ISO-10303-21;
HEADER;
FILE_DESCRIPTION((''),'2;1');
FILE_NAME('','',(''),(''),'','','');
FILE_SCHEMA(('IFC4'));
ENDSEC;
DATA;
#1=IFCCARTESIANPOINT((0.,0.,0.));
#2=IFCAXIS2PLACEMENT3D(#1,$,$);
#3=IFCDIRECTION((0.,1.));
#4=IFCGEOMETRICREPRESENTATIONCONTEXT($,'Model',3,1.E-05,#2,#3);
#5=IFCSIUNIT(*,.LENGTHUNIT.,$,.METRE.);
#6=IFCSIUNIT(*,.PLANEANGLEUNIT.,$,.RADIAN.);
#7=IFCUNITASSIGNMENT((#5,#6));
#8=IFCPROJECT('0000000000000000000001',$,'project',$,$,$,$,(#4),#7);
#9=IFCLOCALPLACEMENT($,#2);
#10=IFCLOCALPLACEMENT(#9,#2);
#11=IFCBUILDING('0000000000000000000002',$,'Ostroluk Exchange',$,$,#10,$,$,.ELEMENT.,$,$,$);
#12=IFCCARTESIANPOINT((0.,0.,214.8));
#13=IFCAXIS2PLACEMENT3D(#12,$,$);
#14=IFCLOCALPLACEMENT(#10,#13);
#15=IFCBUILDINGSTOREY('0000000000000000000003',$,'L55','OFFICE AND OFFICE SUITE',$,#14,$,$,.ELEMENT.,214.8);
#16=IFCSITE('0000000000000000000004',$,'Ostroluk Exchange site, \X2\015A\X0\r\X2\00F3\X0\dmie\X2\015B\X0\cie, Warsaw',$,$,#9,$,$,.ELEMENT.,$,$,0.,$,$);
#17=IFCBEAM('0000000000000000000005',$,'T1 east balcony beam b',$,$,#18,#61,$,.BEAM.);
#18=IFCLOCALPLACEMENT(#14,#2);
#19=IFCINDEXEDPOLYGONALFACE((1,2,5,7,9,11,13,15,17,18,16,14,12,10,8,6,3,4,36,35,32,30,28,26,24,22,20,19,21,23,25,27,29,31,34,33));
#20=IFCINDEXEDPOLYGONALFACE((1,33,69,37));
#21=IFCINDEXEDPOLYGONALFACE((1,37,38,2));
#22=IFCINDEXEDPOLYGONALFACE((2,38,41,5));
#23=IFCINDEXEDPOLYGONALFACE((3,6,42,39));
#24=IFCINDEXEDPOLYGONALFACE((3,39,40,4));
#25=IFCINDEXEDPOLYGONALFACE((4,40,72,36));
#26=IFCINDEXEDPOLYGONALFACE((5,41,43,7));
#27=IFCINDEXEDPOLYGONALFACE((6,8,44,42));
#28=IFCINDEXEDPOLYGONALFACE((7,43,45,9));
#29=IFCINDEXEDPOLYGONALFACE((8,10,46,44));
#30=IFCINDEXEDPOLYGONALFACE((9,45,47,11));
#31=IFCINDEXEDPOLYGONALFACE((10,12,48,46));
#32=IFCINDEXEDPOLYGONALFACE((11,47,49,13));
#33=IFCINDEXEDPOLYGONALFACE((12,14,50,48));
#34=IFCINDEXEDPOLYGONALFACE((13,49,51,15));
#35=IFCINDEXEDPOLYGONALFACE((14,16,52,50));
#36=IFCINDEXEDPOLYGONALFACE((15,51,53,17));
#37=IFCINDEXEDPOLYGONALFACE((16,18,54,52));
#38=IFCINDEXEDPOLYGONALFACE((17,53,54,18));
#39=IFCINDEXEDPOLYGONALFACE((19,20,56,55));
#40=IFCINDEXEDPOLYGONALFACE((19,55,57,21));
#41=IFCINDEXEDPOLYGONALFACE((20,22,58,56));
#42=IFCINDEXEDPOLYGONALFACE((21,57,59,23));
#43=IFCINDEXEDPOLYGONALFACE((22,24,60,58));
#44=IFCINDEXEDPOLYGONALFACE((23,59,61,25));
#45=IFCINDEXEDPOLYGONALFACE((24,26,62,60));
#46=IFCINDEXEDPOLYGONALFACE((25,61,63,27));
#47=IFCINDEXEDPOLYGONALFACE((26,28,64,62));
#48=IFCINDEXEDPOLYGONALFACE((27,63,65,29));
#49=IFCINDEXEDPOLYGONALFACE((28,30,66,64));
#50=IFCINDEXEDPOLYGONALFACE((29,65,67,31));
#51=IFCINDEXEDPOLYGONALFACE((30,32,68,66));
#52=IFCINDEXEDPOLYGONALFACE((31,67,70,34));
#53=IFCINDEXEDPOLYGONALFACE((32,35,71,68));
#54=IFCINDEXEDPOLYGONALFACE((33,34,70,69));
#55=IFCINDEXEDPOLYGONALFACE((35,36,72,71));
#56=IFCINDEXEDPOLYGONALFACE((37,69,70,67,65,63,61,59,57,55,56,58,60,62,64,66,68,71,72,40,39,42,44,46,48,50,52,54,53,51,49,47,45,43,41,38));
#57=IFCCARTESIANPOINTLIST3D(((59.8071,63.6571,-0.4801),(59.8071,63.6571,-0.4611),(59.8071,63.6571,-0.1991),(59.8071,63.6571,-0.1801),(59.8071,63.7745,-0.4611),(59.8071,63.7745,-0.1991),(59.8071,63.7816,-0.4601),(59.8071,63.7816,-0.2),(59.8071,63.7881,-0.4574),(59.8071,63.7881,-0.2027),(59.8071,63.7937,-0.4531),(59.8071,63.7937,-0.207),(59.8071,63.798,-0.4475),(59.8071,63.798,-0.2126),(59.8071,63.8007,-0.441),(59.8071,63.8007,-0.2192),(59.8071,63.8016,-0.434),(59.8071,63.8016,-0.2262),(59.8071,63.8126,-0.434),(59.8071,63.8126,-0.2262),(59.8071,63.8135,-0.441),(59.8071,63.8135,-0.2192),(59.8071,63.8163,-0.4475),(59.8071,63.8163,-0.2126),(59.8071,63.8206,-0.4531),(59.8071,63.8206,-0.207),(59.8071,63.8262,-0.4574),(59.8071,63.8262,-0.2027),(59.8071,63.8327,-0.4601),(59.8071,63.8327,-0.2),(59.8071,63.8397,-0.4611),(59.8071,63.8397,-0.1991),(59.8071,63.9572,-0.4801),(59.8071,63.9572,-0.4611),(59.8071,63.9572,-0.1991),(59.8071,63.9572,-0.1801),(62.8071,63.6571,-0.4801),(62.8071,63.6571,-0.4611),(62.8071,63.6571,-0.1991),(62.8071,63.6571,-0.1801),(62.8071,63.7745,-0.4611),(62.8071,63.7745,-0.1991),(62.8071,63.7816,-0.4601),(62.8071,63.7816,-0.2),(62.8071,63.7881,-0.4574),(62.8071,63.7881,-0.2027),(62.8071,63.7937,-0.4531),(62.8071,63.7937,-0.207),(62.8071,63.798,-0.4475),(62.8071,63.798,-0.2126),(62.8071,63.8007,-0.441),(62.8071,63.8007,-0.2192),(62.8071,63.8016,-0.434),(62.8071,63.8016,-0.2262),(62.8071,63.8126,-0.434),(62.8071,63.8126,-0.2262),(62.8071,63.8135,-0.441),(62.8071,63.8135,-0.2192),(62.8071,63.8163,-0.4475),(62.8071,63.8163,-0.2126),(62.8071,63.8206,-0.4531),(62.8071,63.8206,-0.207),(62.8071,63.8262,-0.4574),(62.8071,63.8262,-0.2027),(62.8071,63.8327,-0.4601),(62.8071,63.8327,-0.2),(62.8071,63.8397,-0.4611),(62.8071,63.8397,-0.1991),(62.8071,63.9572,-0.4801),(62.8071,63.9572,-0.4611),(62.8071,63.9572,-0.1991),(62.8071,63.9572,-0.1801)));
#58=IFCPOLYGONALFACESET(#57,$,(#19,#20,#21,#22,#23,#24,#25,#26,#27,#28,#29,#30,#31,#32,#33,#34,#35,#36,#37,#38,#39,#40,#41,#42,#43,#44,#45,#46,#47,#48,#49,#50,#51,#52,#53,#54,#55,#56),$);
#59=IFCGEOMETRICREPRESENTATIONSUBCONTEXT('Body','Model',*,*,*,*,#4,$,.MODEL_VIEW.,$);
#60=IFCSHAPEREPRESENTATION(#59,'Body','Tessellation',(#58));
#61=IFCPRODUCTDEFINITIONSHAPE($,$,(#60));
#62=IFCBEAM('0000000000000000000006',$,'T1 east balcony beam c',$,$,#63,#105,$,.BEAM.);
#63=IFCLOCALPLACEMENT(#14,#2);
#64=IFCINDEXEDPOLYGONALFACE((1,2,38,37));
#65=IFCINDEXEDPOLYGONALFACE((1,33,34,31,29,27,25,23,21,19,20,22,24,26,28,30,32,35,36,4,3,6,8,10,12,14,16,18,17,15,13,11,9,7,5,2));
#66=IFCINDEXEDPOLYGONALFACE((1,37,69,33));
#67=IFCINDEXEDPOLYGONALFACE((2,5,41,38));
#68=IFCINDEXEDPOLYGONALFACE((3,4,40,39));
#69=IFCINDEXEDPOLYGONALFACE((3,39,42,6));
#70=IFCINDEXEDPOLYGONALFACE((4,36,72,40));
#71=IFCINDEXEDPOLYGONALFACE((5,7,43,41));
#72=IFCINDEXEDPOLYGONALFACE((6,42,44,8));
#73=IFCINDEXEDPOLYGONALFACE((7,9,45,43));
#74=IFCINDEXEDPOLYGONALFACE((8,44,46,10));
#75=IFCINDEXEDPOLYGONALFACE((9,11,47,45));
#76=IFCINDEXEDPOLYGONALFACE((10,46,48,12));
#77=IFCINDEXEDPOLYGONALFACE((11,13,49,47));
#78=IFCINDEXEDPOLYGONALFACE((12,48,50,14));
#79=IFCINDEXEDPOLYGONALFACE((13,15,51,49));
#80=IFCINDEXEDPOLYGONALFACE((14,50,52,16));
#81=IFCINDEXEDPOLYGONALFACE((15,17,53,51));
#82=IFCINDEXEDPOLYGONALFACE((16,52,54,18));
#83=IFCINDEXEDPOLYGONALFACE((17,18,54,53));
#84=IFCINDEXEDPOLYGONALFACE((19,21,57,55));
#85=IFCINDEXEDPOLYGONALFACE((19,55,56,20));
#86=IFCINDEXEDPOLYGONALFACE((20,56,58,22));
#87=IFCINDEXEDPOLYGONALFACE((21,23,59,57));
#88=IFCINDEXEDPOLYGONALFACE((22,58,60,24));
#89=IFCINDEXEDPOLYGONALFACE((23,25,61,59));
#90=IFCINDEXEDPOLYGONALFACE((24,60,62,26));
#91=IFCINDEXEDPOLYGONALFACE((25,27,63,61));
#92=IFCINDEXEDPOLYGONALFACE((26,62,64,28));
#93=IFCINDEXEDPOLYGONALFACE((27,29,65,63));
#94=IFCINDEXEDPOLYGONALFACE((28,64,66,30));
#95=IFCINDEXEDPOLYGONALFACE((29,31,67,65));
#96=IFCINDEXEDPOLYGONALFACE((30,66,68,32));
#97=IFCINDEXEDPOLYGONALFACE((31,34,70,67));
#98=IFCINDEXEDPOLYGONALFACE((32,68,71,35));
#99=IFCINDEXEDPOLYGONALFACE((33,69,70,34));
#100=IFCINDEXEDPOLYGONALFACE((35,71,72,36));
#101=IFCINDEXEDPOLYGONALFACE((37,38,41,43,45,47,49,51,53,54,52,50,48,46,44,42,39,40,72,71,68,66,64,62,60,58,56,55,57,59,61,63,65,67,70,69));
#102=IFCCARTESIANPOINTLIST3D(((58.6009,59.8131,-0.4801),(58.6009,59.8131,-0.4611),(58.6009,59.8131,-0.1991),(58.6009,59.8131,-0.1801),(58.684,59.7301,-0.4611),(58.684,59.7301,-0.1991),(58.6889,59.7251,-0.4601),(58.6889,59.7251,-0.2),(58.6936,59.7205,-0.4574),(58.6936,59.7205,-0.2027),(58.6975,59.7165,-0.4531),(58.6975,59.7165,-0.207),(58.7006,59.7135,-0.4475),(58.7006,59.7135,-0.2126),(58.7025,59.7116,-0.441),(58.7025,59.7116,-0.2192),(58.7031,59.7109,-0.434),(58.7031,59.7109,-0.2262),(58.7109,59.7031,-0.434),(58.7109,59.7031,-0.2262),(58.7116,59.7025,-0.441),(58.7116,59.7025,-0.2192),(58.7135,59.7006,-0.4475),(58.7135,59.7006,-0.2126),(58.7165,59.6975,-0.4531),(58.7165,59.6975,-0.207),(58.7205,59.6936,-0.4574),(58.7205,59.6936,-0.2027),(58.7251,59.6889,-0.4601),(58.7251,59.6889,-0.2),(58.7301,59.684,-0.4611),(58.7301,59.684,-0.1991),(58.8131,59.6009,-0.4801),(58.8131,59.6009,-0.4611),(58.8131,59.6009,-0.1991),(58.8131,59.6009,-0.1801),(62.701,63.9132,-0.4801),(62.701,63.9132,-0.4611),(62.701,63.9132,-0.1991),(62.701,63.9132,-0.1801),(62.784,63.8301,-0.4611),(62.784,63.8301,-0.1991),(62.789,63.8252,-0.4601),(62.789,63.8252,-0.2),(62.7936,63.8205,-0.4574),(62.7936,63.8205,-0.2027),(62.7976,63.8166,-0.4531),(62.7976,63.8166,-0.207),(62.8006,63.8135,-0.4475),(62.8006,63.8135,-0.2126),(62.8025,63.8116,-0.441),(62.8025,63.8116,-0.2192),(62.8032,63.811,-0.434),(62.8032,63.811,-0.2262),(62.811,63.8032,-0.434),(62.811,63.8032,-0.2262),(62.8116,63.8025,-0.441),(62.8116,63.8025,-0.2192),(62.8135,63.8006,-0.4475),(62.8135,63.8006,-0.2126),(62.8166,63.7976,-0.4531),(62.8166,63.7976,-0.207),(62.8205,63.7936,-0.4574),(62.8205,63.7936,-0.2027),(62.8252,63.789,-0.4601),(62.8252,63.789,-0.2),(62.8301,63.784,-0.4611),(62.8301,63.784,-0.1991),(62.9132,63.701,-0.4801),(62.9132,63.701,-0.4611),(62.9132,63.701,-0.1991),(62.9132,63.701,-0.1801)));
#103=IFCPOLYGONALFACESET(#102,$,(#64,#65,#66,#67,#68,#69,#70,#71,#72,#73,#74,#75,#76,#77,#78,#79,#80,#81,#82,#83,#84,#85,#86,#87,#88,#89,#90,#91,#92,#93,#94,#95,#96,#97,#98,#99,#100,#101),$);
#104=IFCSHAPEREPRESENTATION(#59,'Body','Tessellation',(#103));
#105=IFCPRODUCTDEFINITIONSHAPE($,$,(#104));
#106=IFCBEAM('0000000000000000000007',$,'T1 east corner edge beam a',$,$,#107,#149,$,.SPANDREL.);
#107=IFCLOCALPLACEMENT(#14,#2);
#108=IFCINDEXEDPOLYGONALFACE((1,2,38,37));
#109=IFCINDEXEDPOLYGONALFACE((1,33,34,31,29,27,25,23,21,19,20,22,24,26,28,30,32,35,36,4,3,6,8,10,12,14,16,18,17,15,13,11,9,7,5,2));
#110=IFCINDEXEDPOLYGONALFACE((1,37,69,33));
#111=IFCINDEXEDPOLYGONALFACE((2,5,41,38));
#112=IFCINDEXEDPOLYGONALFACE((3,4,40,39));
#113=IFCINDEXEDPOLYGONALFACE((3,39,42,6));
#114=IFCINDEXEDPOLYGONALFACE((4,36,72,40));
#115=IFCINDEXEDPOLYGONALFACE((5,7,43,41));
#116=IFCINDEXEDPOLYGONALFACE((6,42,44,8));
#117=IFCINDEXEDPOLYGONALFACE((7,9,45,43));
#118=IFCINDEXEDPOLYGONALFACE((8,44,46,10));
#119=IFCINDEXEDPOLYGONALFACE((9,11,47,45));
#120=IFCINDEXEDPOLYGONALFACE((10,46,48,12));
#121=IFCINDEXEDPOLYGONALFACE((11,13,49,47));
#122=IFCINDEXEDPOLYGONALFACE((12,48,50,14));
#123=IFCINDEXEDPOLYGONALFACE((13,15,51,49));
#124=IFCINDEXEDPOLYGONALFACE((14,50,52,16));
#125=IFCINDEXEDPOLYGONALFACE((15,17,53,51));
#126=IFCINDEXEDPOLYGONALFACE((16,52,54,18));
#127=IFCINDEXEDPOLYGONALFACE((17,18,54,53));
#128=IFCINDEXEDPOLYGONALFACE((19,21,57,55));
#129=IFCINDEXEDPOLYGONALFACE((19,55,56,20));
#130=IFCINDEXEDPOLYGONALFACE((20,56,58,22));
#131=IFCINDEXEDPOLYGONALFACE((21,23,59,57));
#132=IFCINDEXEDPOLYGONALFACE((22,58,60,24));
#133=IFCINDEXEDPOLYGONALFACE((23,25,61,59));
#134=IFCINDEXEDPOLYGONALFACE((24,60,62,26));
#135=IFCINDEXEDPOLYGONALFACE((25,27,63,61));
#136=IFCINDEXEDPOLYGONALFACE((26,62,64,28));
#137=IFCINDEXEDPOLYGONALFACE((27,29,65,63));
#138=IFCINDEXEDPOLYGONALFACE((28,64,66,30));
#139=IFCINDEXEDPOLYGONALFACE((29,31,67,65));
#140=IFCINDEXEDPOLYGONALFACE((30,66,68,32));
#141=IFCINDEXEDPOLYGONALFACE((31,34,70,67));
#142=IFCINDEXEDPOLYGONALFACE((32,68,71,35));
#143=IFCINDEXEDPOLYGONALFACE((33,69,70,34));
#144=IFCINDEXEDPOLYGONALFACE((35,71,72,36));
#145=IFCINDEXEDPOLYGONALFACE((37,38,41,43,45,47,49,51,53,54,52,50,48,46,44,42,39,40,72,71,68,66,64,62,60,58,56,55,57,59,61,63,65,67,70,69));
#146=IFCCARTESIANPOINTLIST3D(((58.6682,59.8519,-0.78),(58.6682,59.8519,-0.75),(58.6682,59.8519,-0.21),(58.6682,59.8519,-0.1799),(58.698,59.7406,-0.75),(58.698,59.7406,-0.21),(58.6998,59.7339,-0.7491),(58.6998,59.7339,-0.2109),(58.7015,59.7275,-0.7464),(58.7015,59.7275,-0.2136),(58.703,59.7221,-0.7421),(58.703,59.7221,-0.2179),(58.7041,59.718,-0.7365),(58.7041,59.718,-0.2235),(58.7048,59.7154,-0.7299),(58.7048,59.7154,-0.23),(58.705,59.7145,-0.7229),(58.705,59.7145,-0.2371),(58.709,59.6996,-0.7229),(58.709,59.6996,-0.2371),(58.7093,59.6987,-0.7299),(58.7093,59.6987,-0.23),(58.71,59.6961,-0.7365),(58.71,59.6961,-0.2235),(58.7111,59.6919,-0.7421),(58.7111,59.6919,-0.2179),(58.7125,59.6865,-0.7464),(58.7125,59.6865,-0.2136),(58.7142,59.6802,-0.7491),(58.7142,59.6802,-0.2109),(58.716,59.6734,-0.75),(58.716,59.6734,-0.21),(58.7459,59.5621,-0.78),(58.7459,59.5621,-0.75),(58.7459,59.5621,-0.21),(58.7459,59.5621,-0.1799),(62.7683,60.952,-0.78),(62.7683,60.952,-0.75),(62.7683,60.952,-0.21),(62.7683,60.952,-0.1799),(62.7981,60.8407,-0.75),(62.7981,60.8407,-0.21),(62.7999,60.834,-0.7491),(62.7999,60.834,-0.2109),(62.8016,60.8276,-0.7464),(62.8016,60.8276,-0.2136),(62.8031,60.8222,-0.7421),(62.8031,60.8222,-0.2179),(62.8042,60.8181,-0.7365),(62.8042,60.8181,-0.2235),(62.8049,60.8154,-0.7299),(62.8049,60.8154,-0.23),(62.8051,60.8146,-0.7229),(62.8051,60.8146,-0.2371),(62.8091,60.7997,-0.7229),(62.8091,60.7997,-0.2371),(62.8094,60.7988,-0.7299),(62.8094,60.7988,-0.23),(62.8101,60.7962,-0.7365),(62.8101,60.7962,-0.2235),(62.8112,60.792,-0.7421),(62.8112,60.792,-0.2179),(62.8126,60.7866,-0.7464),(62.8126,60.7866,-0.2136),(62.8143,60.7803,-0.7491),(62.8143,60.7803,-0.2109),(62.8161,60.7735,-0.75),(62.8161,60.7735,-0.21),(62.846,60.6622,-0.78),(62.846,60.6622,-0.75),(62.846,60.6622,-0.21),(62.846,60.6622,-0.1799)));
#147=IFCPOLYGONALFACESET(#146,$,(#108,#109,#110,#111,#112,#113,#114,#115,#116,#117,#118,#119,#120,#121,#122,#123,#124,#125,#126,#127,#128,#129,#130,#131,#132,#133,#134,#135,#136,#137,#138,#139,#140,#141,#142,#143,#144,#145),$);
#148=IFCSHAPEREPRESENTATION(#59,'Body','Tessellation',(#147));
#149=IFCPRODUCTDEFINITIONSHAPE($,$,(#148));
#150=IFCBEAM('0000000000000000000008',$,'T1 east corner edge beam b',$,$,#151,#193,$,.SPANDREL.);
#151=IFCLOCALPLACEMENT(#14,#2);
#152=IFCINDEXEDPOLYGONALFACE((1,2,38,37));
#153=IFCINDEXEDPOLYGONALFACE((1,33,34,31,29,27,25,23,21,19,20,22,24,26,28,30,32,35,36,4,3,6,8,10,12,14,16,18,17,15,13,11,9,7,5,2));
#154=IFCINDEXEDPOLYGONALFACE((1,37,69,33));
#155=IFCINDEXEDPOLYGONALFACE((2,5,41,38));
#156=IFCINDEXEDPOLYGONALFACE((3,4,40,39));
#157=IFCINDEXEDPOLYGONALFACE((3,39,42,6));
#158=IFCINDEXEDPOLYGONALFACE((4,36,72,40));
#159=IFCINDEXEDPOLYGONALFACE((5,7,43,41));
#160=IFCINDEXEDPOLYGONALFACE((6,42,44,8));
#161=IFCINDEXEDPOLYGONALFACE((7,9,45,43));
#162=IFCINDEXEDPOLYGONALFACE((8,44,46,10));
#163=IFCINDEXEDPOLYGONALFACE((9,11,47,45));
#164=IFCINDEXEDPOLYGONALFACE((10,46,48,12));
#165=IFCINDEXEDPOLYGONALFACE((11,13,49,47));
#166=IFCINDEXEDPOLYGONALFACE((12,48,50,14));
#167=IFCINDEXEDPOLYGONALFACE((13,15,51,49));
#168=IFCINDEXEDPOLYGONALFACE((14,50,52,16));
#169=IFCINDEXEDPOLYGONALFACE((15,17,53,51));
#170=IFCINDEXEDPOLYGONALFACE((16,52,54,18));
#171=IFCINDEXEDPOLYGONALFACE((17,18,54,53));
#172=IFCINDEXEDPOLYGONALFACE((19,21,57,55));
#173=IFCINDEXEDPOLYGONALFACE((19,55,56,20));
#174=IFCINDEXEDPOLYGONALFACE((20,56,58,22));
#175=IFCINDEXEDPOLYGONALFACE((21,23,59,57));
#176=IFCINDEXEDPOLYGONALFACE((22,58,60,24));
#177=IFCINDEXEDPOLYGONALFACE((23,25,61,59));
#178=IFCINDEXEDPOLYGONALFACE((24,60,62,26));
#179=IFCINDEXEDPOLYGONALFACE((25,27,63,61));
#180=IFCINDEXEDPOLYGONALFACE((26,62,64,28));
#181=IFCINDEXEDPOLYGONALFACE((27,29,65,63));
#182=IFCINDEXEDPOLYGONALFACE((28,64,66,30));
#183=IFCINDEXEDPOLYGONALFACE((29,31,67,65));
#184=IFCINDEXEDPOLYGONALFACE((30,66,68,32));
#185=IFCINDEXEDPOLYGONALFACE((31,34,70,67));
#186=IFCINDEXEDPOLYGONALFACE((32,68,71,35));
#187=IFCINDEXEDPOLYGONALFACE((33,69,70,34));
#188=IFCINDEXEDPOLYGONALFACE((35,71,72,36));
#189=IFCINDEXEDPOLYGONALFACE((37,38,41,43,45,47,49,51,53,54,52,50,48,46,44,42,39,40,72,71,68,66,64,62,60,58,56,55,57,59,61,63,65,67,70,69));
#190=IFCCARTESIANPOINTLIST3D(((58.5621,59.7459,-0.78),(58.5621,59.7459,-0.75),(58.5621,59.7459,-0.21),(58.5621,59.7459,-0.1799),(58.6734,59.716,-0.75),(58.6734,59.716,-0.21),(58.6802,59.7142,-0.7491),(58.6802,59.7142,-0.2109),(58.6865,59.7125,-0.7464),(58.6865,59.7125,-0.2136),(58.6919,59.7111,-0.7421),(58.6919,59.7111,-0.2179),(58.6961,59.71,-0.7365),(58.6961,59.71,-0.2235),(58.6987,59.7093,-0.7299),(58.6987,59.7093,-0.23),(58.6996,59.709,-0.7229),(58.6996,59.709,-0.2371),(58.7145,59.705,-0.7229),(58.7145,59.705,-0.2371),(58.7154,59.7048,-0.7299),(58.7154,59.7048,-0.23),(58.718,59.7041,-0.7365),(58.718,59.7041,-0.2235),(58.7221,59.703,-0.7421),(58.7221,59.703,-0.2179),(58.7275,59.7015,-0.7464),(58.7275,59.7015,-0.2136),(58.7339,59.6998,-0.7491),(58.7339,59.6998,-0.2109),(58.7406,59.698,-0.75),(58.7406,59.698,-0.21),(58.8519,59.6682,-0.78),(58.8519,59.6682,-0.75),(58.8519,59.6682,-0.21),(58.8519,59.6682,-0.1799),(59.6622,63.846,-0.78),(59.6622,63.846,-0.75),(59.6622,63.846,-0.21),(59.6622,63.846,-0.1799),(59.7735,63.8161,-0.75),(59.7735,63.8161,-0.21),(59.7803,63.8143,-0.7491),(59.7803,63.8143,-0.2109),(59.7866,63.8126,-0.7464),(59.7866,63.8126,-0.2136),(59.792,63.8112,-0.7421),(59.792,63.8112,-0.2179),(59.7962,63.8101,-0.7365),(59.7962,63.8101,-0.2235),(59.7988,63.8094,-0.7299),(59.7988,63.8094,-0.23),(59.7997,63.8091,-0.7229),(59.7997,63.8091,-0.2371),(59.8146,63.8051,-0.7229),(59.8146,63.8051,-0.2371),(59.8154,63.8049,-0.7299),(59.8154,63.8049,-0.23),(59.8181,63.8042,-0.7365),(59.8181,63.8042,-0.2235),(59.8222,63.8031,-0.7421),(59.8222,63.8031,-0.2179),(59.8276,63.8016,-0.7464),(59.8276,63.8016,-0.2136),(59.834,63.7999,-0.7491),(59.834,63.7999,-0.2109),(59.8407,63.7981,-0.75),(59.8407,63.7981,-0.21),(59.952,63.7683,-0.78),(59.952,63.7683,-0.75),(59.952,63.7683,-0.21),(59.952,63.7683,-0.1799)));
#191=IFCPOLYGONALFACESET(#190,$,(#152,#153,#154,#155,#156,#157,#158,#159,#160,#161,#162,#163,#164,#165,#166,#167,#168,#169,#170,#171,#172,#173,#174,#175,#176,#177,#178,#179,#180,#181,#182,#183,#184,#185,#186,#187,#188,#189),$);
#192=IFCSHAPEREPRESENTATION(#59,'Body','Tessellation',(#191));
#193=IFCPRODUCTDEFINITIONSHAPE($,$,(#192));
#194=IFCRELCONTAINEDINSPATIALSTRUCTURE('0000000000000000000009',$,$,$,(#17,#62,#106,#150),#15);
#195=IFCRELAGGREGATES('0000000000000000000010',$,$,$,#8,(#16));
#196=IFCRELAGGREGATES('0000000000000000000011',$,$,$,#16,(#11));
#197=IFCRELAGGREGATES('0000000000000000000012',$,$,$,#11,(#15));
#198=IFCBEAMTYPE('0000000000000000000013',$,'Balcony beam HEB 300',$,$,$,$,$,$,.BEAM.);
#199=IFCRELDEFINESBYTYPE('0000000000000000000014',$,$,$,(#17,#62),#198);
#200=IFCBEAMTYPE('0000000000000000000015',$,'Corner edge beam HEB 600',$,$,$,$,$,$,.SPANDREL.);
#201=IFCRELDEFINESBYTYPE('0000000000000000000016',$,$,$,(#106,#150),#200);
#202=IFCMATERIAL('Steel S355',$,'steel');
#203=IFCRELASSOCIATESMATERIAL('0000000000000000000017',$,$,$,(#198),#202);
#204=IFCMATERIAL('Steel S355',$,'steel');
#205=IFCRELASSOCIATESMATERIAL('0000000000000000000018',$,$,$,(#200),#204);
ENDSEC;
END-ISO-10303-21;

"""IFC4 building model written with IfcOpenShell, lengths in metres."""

from ifc_helpers import new_model, si_unit, direction, frame, origin, origin_2d, place, context, subcontext, project, spatial, i_section, extrude, material, material_profile, profile_set, type_object, element, save


model = new_model("IFC4")

# Units and contexts
model_context = context("Model", 3, precision=1e-05, world=origin(), true_north=direction((0.0, 1.0)))
body_context = subcontext(model_context, "Body", "Model", "MODEL_VIEW")
ifc_project = project(units=[si_unit("LENGTHUNIT", "METRE"), si_unit("PLANEANGLEUNIT", "RADIAN")], contexts=[model_context])

# Site, building, storey
site_placement = place(None, origin())
site = spatial("IfcSite", under=ifc_project, at=site_placement, Name="Ostroluk Exchange site, Śródmieście, Warsaw", CompositionType="ELEMENT", RefElevation=0.0)
building_placement = place(site_placement, origin())
building = spatial("IfcBuilding", under=site, at=building_placement, Name="Ostroluk Exchange", CompositionType="ELEMENT")
storey_placement = place(building_placement, frame((0.0, 0.0, 214.8)))
storey = spatial("IfcBuildingStorey", under=building, at=storey_placement, Name="L55", Description="OFFICE AND OFFICE SUITE", CompositionType="ELEMENT", Elevation=214.8)

# Beams
ifc_material_1 = material(Name="Steel S355", Category="steel")
ifc_material_profile_1 = material_profile(ifc_material_1, i_section(OverallWidth=0.3, OverallDepth=0.3, WebThickness=0.011, FlangeThickness=0.019, FilletRadius=0.0271, at=origin_2d()), Name="HEB 300")
ifc_profile_set_1 = profile_set([ifc_material_profile_1], Name="Steel S355")
beam_type_1 = type_object("IfcBeamType", Name="Balcony beam HEB 300", PredefinedType="BEAM", material=ifc_profile_set_1)
for number, where, z_axis, x_axis, name in (
    (1, (59.8071, 63.8071, -0.3301), (1.0, 0.0, 0.0), (0.0, 1.0, 0.0), "T1 east balcony beam b"),
):
    element("IfcBeam", number, at=place(storey_placement, frame(where, z_axis=z_axis, x_axis=x_axis)), inside=storey, type_object=beam_type_1, Name=name, PredefinedType="BEAM", context=body_context, shape_type="SweptSolid", body=[
        extrude(i_section(OverallWidth=0.3, OverallDepth=0.3, WebThickness=0.011, FlangeThickness=0.019, FilletRadius=0.0271, at=origin_2d()), origin(), (0.0, 0.0, 1.0), 3.0),
    ])
beam_1_placement = place(storey_placement, frame((58.707, 59.707, -0.3301), z_axis=(0.707107, 0.707107, 0.0), x_axis=(-0.707107, 0.707107, 0.0)))
element("IfcBeam", 2, at=beam_1_placement, inside=storey, type_object=beam_type_1, Name="T1 east balcony beam c", PredefinedType="BEAM", context=body_context, shape_type="SweptSolid", body=[
    extrude(i_section(OverallWidth=0.3, OverallDepth=0.3, WebThickness=0.011, FlangeThickness=0.019, FilletRadius=0.0271, at=origin_2d()), origin(), (0.0, 0.0, 1.0), 5.7983),
])
ifc_material_2 = material(Name="Steel S355", Category="steel")
ifc_material_profile_2 = material_profile(ifc_material_2, i_section(OverallWidth=0.3, OverallDepth=0.6001, WebThickness=0.0154, FlangeThickness=0.03, FilletRadius=0.0271, at=origin_2d()), Name="HEB 600")
ifc_profile_set_2 = profile_set([ifc_material_profile_2], Name="Steel S355")
beam_type_2 = type_object("IfcBeamType", Name="Corner edge beam HEB 600", PredefinedType="SPANDREL", material=ifc_profile_set_2)
for number, where, z_axis, x_axis, name in (
    (3, (58.707, 59.707, -0.48), (0.965839, 0.259144, 0.0), (-0.259144, 0.965839, 0.0), "T1 east corner edge beam a"),
    (4, (58.707, 59.707, -0.48), (0.259144, 0.965839, 0.0), (-0.965839, 0.259144, 0.0), "T1 east corner edge beam b"),
):
    element("IfcBeam", number, at=place(storey_placement, frame(where, z_axis=z_axis, x_axis=x_axis)), inside=storey, type_object=beam_type_2, Name=name, PredefinedType="SPANDREL", context=body_context, shape_type="SweptSolid", body=[
        extrude(i_section(OverallWidth=0.3, OverallDepth=0.6001, WebThickness=0.0154, FlangeThickness=0.03, FilletRadius=0.0271, at=origin_2d()), origin(), (0.0, 0.0, 1.0), 4.2451),
    ])

save(model, "model.ifc")
